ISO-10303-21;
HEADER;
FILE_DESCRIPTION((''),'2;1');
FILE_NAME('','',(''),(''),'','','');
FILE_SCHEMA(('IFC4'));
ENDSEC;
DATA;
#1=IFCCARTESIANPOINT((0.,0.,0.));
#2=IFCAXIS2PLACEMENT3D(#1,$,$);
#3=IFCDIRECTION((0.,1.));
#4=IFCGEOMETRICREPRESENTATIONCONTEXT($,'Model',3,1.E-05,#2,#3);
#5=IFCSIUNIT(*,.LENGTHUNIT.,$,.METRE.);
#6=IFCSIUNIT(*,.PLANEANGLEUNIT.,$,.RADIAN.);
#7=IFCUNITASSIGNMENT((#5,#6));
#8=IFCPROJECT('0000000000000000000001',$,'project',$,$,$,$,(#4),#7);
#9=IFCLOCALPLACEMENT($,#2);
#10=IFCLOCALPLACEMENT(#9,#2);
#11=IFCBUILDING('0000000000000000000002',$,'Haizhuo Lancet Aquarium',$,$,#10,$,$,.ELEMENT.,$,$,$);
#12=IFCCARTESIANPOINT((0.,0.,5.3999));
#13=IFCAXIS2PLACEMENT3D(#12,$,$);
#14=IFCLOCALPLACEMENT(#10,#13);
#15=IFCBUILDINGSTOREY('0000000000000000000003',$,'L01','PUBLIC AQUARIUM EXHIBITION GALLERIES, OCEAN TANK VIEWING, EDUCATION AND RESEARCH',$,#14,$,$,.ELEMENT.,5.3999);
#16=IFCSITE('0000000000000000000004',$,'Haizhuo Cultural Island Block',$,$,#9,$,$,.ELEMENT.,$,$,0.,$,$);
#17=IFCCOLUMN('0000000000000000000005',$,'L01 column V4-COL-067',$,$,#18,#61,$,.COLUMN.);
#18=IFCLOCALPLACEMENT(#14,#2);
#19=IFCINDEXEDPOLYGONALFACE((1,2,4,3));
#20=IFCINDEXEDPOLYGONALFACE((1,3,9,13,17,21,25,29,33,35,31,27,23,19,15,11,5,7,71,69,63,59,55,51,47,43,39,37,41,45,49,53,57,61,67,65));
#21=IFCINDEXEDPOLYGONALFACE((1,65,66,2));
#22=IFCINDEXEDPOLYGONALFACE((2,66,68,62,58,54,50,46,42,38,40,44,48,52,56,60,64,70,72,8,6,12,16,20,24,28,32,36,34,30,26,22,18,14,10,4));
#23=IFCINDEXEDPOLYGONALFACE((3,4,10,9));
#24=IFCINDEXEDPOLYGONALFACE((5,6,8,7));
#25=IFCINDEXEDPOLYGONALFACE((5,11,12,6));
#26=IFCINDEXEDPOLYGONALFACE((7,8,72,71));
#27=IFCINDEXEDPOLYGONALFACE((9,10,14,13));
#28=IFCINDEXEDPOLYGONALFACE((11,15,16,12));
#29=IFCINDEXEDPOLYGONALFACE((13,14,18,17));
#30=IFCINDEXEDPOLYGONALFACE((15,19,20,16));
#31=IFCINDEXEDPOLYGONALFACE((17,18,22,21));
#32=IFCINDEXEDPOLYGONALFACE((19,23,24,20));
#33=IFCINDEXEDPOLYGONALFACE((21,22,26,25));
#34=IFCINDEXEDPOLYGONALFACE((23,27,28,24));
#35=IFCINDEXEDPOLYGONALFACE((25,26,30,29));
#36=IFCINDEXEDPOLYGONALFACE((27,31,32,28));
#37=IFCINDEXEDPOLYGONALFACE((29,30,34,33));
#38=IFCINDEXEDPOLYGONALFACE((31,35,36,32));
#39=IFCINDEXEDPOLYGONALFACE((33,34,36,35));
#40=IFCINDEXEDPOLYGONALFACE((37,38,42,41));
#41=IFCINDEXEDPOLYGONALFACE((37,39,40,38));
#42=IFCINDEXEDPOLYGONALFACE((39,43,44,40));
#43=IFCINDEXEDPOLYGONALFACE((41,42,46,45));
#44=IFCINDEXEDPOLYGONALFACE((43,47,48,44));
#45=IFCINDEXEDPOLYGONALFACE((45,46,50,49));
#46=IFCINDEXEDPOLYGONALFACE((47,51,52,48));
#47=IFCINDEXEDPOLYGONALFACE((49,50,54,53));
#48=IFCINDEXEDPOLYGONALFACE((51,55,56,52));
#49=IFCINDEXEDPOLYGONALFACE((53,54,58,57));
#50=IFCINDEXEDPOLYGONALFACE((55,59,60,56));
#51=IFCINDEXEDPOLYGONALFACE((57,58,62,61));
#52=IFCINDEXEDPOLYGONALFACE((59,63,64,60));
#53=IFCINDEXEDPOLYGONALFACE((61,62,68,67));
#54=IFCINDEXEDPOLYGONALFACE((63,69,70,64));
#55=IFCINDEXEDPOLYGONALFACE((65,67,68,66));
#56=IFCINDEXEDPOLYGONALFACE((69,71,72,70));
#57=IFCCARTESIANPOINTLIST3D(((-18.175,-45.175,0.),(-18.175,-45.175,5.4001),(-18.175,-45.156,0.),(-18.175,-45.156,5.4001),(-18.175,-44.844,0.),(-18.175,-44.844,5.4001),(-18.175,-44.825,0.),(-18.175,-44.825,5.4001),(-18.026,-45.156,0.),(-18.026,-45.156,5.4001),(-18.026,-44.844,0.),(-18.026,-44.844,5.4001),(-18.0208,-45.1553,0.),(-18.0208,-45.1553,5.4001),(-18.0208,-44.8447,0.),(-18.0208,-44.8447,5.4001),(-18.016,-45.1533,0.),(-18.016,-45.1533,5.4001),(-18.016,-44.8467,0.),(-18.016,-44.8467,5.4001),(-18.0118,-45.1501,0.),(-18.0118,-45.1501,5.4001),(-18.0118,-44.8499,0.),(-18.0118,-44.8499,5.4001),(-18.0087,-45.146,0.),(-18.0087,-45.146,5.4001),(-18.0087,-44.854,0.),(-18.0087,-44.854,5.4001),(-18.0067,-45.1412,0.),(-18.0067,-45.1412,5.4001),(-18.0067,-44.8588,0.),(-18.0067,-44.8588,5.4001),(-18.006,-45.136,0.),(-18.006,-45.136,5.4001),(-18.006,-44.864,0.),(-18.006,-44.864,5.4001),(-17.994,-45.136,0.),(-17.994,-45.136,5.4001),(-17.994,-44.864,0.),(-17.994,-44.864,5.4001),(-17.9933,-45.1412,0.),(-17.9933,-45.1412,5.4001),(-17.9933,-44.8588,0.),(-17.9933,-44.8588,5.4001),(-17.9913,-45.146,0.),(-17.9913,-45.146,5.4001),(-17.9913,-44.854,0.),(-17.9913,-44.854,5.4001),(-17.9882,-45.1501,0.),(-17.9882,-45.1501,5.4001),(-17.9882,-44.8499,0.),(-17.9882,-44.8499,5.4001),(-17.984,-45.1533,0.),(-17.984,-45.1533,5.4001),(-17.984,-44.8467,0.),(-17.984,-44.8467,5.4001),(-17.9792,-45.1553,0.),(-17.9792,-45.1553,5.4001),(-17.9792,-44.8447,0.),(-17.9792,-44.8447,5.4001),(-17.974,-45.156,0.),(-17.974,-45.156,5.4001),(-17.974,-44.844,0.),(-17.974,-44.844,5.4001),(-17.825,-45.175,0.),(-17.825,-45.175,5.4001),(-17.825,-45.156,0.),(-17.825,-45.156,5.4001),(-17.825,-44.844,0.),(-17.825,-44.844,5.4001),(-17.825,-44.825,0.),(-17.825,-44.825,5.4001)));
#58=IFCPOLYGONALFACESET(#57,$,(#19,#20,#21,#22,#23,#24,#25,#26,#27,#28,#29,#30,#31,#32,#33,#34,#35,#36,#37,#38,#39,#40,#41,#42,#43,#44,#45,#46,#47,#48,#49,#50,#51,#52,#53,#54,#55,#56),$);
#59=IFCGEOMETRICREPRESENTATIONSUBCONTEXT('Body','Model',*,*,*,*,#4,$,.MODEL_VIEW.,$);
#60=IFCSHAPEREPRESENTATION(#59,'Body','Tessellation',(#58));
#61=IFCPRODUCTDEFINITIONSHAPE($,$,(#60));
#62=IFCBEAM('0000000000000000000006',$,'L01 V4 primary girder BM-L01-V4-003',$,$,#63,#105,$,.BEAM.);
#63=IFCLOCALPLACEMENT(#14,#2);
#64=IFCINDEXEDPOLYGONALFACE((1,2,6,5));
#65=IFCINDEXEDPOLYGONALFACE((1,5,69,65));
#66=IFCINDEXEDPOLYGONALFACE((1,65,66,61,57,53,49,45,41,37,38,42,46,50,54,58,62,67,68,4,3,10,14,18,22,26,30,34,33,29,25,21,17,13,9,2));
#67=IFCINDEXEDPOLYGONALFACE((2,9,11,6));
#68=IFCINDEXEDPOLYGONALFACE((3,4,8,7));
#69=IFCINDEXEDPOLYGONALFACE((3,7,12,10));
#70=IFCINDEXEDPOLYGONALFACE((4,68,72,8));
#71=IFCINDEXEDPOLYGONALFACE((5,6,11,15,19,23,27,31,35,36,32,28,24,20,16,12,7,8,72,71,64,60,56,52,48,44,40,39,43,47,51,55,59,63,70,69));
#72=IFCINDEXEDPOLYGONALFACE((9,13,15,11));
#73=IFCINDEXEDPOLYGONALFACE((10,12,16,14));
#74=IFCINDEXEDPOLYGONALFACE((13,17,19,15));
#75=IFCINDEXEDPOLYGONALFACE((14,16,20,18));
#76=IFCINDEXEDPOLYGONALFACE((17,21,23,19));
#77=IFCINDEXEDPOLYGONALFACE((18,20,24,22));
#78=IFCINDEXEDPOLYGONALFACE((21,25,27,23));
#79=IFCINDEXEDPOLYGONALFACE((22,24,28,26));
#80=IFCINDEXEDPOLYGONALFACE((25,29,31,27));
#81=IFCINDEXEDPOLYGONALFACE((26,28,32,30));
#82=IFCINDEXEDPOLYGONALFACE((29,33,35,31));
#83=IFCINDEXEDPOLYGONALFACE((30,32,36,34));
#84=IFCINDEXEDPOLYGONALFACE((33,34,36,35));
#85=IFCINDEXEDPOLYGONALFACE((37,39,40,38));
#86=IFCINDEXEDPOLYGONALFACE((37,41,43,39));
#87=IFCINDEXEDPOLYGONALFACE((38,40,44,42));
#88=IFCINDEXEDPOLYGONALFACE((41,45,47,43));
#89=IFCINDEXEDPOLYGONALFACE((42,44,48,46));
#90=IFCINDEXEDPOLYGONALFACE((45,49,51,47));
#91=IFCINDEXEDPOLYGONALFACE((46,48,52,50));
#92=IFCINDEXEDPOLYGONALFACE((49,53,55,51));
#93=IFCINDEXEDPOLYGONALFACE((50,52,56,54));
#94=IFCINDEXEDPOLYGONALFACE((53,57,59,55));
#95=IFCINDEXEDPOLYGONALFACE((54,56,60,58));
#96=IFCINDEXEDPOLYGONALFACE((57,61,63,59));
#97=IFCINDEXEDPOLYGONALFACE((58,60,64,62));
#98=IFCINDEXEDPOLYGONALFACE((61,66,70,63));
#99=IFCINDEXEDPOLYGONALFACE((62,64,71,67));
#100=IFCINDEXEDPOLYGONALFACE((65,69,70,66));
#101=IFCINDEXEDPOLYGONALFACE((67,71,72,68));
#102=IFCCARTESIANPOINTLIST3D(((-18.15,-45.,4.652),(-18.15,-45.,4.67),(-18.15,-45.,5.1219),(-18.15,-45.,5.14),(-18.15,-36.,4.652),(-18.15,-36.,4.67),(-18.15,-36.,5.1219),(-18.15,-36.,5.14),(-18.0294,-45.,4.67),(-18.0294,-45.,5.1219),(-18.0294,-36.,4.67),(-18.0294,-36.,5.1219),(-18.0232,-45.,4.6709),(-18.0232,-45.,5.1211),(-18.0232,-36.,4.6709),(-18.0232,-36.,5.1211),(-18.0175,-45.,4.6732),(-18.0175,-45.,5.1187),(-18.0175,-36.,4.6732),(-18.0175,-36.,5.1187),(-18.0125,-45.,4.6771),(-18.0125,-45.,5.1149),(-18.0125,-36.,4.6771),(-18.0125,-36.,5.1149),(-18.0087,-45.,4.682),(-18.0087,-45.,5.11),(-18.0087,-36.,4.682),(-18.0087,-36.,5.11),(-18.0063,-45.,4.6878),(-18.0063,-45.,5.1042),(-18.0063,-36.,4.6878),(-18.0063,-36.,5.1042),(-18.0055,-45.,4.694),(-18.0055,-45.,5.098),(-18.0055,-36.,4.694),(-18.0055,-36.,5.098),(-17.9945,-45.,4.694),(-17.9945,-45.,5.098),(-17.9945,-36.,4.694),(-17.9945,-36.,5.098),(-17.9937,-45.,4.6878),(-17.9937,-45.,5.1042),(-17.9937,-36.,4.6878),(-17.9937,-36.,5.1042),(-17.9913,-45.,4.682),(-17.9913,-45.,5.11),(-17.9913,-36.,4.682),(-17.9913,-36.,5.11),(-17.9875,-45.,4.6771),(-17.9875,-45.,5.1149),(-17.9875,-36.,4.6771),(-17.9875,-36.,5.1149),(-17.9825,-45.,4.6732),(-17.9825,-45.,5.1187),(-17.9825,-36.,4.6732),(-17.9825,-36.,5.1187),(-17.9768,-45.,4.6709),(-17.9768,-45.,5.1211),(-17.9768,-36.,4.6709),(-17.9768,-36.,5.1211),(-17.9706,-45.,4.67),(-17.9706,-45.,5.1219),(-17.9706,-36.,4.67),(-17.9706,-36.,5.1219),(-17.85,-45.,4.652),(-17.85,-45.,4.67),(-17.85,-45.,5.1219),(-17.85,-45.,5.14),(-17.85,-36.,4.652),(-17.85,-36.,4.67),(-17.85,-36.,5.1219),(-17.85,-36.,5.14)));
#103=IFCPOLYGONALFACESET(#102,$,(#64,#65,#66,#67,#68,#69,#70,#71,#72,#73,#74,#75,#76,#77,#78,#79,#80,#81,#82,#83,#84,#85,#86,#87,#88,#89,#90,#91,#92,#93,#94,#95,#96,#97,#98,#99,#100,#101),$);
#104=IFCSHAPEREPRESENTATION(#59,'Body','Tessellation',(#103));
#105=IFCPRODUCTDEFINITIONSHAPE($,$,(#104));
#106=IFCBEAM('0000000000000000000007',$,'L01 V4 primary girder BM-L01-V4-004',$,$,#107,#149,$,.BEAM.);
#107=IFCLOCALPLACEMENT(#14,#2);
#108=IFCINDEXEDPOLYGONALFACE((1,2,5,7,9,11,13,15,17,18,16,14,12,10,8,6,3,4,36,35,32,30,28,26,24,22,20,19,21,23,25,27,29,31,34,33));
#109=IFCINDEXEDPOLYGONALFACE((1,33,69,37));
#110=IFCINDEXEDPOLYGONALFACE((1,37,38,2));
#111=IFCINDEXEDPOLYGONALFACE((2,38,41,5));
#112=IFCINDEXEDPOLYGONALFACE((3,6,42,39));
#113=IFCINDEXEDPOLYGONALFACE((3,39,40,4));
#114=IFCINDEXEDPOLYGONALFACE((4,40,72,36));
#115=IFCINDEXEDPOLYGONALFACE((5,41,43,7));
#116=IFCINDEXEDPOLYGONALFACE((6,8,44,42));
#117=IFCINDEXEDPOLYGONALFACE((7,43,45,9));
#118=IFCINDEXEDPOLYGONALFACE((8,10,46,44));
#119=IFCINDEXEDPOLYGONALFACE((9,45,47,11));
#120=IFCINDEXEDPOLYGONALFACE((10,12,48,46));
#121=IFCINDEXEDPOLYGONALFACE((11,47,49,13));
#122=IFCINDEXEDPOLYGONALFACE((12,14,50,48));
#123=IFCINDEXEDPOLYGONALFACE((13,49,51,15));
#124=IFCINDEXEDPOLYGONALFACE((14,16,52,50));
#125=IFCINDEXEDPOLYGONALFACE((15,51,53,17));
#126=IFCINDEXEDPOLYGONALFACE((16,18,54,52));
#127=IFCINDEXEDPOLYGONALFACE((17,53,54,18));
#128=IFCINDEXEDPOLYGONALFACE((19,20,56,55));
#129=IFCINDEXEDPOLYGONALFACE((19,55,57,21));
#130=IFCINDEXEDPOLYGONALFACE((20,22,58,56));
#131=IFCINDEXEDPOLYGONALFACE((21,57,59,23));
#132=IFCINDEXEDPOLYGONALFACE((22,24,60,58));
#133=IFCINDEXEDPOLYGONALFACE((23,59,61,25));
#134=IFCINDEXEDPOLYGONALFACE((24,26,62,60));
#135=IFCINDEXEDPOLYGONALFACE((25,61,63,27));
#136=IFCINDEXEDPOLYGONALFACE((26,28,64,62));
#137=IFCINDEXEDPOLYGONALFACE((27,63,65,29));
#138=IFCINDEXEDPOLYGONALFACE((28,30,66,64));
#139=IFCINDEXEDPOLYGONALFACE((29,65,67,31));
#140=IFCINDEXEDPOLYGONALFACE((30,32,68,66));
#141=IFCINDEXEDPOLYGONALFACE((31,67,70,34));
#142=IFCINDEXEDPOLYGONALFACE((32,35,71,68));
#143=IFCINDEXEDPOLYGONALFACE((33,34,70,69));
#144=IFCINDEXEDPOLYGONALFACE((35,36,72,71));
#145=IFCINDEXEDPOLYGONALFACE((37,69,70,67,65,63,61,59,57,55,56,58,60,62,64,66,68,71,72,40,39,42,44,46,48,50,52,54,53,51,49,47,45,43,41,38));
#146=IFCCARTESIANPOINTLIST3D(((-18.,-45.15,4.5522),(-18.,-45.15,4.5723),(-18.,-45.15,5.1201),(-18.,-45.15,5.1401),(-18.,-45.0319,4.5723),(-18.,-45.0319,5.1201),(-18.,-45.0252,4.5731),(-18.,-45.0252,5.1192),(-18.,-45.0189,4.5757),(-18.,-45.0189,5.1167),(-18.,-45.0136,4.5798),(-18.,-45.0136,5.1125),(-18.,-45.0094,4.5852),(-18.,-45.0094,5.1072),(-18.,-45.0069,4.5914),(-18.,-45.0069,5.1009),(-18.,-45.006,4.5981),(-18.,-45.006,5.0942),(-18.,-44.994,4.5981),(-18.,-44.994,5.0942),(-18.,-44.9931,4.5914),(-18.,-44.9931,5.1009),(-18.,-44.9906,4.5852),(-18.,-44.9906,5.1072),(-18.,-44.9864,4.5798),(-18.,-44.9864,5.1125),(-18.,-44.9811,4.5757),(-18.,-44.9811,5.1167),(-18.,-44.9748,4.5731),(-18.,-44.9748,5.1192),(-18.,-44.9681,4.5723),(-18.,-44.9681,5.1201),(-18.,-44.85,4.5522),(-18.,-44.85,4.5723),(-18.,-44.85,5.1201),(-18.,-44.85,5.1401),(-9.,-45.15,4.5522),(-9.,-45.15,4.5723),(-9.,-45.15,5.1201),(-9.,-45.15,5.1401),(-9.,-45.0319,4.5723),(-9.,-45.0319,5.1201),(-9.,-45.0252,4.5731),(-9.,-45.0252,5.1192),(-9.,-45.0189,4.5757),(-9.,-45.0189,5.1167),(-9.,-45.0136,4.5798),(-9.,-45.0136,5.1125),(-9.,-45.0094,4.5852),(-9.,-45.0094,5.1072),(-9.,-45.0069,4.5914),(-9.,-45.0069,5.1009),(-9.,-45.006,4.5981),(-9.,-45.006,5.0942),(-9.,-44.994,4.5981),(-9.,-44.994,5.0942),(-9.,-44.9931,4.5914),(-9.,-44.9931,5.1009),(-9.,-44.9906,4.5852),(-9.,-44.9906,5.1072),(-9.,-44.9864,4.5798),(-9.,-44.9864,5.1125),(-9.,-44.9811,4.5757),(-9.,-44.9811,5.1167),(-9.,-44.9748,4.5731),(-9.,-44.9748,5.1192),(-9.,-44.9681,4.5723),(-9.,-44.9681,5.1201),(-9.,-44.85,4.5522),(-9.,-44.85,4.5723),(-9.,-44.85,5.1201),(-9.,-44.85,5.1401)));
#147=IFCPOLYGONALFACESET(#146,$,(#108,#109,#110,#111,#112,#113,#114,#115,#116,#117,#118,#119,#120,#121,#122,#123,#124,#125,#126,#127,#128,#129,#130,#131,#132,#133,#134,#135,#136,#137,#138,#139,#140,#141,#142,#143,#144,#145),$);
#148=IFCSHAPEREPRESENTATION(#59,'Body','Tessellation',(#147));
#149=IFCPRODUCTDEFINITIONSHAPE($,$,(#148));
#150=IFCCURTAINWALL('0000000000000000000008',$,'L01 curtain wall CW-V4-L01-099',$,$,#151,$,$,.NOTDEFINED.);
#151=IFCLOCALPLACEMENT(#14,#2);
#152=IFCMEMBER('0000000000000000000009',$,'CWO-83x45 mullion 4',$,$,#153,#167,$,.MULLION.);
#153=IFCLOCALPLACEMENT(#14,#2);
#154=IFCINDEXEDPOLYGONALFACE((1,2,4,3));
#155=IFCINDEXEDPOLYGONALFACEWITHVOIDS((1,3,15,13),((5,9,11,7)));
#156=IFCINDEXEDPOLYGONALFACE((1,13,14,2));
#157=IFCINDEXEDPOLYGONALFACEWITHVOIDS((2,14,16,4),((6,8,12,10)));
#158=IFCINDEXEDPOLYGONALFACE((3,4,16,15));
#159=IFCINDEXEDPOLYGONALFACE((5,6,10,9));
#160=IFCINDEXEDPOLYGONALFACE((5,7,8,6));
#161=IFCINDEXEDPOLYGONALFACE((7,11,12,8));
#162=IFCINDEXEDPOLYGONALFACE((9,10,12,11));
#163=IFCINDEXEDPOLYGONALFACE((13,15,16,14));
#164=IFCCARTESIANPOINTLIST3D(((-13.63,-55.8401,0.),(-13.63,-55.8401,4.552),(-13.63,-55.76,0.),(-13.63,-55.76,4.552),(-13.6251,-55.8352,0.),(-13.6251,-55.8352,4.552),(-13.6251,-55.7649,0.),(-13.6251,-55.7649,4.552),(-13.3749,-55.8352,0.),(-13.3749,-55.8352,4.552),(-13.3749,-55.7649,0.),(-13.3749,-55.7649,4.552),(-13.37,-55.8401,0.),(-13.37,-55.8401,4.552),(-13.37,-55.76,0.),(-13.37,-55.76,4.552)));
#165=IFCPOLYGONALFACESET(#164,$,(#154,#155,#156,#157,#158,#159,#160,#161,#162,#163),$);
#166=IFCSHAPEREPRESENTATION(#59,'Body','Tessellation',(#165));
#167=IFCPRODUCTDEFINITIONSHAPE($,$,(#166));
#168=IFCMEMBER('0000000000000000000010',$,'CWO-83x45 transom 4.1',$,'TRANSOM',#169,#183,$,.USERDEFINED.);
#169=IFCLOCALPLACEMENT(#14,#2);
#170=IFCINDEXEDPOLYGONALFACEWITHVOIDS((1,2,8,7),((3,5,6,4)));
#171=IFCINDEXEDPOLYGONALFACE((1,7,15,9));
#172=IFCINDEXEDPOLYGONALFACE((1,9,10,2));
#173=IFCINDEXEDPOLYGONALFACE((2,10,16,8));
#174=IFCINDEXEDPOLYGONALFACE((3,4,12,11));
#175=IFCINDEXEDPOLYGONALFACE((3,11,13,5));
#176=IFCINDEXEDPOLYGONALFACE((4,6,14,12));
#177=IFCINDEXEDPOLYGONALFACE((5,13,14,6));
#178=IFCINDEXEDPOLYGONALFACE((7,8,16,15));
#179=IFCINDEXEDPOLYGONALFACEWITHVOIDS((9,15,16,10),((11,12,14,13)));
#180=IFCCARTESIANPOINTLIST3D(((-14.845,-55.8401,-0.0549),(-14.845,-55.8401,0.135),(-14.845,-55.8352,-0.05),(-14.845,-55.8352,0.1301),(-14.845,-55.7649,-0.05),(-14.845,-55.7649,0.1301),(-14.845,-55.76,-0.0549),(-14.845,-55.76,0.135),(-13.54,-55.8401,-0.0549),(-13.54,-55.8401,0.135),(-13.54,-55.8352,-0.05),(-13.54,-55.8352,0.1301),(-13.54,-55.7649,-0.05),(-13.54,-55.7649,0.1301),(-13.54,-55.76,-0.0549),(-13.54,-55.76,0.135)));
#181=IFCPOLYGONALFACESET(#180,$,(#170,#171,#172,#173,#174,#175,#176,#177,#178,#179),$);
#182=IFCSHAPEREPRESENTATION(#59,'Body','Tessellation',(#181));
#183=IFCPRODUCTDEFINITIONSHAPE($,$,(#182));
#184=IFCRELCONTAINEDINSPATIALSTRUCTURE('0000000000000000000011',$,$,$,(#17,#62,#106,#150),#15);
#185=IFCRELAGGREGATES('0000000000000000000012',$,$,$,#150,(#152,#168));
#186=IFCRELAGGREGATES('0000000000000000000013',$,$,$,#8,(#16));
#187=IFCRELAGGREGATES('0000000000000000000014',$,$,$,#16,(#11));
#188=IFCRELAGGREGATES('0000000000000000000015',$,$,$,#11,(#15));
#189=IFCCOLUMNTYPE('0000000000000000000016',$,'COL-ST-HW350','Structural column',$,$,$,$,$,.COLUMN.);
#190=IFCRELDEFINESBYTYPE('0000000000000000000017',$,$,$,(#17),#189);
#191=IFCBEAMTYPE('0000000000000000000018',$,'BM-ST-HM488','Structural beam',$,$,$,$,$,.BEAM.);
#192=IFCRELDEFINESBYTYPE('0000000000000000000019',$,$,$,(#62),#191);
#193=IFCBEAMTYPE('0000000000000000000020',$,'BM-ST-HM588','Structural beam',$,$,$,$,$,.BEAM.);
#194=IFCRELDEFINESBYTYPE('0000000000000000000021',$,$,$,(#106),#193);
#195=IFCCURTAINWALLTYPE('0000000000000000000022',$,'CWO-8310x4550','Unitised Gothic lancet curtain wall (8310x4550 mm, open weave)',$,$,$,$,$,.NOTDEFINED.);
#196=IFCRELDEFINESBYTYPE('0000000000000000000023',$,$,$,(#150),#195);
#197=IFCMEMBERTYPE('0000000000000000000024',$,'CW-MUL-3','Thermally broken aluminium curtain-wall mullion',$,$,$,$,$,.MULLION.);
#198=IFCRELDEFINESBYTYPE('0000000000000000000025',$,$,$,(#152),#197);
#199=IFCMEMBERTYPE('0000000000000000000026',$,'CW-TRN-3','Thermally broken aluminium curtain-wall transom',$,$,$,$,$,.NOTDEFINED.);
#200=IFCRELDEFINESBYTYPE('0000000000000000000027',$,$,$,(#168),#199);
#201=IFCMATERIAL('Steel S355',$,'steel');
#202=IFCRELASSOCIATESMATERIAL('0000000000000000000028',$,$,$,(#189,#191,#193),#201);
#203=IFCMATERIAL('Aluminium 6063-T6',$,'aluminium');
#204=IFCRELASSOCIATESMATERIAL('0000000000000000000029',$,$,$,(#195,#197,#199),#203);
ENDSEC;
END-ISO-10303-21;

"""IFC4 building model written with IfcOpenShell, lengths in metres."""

from ifc_helpers import new_model, si_unit, direction, frame, origin, origin_2d, place, context, subcontext, project, spatial, hollow_rectangle, i_section, extrude, material, material_profile, profile_set, type_object, element, aggregate, save


model = new_model("IFC4")

# Units and contexts
model_context = context("Model", 3, precision=1e-05, world=origin(), true_north=direction((0.0, 1.0)))
body_context = subcontext(model_context, "Body", "Model", "MODEL_VIEW")
ifc_project = project(units=[si_unit("LENGTHUNIT", "METRE"), si_unit("PLANEANGLEUNIT", "RADIAN")], contexts=[model_context])

# Site, building, storey
site_placement = place(None, origin())
site = spatial("IfcSite", under=ifc_project, at=site_placement, Name="Haizhuo Cultural Island Block", CompositionType="ELEMENT", RefElevation=0.0)
building_placement = place(site_placement, origin())
building = spatial("IfcBuilding", under=site, at=building_placement, Name="Haizhuo Lancet Aquarium", CompositionType="ELEMENT")
storey_placement = place(building_placement, frame((0.0, 0.0, 5.3999)))
storey = spatial("IfcBuildingStorey", under=building, at=storey_placement, Name="L01", Description="PUBLIC AQUARIUM EXHIBITION GALLERIES, OCEAN TANK VIEWING, EDUCATION AND RESEARCH", CompositionType="ELEMENT", Elevation=5.3999)

# Column
ifc_material_1 = material(Name="Steel S355", Category="steel")
ifc_material_profile_1 = material_profile(ifc_material_1, i_section(OverallWidth=0.3501, OverallDepth=0.3501, WebThickness=0.012, FlangeThickness=0.019, FilletRadius=0.02, at=origin_2d()), Name="HW 350x350x12x19")
ifc_profile_set_1 = profile_set([ifc_material_profile_1], Name="Steel S355")
column_type = type_object("IfcColumnType", Name="COL-ST-HW350", Description="Structural column", PredefinedType="COLUMN", material=ifc_profile_set_1)
column_placement = place(storey_placement, frame((-18.0, -45.0, 0.0), z_axis=(0.0, 0.0, 1.0), x_axis=(1.0, 0.0, 0.0)))
element("IfcColumn", 1, at=column_placement, inside=storey, type_object=column_type, Name="L01 column V4-COL-067", PredefinedType="COLUMN", context=body_context, shape_type="SweptSolid", body=[
    extrude(i_section(OverallWidth=0.3501, OverallDepth=0.3501, WebThickness=0.012, FlangeThickness=0.019, FilletRadius=0.02, at=origin_2d()), origin(), (0.0, 0.0, 1.0), 5.4001),
])

# Beams
ifc_material_profile_2 = material_profile(ifc_material_1, i_section(OverallWidth=0.3, OverallDepth=0.488, WebThickness=0.011, FlangeThickness=0.0181, FilletRadius=0.0239, at=origin_2d()), Name="HM 488x300x11x18")
ifc_profile_set_2 = profile_set([ifc_material_profile_2], Name="Steel S355")
beam_type_1 = type_object("IfcBeamType", Name="BM-ST-HM488", Description="Structural beam", PredefinedType="BEAM", material=ifc_profile_set_2)
beam_1_placement = place(storey_placement, frame((-18.0, -45.0, 4.896), z_axis=(0.0, 1.0, 0.0), x_axis=(-1.0, 0.0, 0.0)))
element("IfcBeam", 2, at=beam_1_placement, inside=storey, type_object=beam_type_1, Name="L01 V4 primary girder BM-L01-V4-003", PredefinedType="BEAM", context=body_context, shape_type="SweptSolid", body=[
    extrude(i_section(OverallWidth=0.3, OverallDepth=0.488, WebThickness=0.011, FlangeThickness=0.0181, FilletRadius=0.0239, at=origin_2d()), origin(), (0.0, 0.0, 1.0), 9.0),
])
ifc_material_profile_3 = material_profile(ifc_material_1, i_section(OverallWidth=0.3, OverallDepth=0.5879, WebThickness=0.012, FlangeThickness=0.02, FilletRadius=0.0259, at=origin_2d()), Name="HM 588x300x12x20")
ifc_profile_set_3 = profile_set([ifc_material_profile_3], Name="Steel S355")
beam_type_2 = type_object("IfcBeamType", Name="BM-ST-HM588", Description="Structural beam", PredefinedType="BEAM", material=ifc_profile_set_3)
beam_2_placement = place(storey_placement, frame((-18.0, -45.0, 4.8462), z_axis=(1.0, 0.0, 0.0), x_axis=(0.0, 1.0, 0.0)))
element("IfcBeam", 3, at=beam_2_placement, inside=storey, type_object=beam_type_2, Name="L01 V4 primary girder BM-L01-V4-004", PredefinedType="BEAM", context=body_context, shape_type="SweptSolid", body=[
    extrude(i_section(OverallWidth=0.3, OverallDepth=0.5879, WebThickness=0.012, FlangeThickness=0.02, FilletRadius=0.0259, at=origin_2d()), origin(), (0.0, 0.0, 1.0), 9.0),
])

# Curtain wall, members
ifc_material_2 = material(Name="Aluminium 6063-T6", Category="aluminium")
curtain_wall_type = type_object("IfcCurtainWallType", Name="CWO-8310x4550", Description="Unitised Gothic lancet curtain wall (8310x4550 mm, open weave)", PredefinedType="NOTDEFINED", material=ifc_material_2)
curtain_wall_placement = place(storey_placement, origin())
curtain_wall = element("IfcCurtainWall", 4, at=curtain_wall_placement, inside=storey, type_object=curtain_wall_type, Name="L01 curtain wall CW-V4-L01-099", PredefinedType="NOTDEFINED")
ifc_material_profile_4 = material_profile(ifc_material_2, hollow_rectangle(XDim=0.0801, YDim=0.26, WallThickness=0.0049, at=origin_2d()), Name="ALU-M 80x260x5")
ifc_profile_set_4 = profile_set([ifc_material_profile_4], Name="Aluminium 6063-T6")
member_type_1 = type_object("IfcMemberType", Name="CW-MUL-3", Description="Thermally broken aluminium curtain-wall mullion", PredefinedType="MULLION", material=ifc_profile_set_4)
member_1_placement = place(storey_placement, frame((-13.5, -55.8, 0.0), z_axis=(0.0, 0.0, 1.0), x_axis=(0.0, -1.0, 0.0)))
member_1 = element("IfcMember", 5, at=member_1_placement, type_object=member_type_1, Name="CWO-83x45 mullion 4", PredefinedType="MULLION", context=body_context, shape_type="SweptSolid", body=[
    extrude(hollow_rectangle(XDim=0.0801, YDim=0.26, WallThickness=0.0049, at=origin_2d()), origin(), (0.0, 0.0, 1.0), 4.552),
])
ifc_material_profile_5 = material_profile(ifc_material_2, hollow_rectangle(XDim=0.0801, YDim=0.1899, WallThickness=0.0049, at=origin_2d()), Name="ALU-T 80x190x5")
ifc_profile_set_5 = profile_set([ifc_material_profile_5], Name="Aluminium 6063-T6")
member_type_2 = type_object("IfcMemberType", Name="CW-TRN-3", Description="Thermally broken aluminium curtain-wall transom", PredefinedType="NOTDEFINED", material=ifc_profile_set_5)
member_2_placement = place(storey_placement, frame((-13.54, -55.8, 0.04), z_axis=(-1.0, 0.0, 0.0), x_axis=(0.0, -1.0, 0.0)))
member_2 = element("IfcMember", 6, at=member_2_placement, type_object=member_type_2, Name="CWO-83x45 transom 4.1", ObjectType="TRANSOM", PredefinedType="USERDEFINED", context=body_context, shape_type="SweptSolid", body=[
    extrude(hollow_rectangle(XDim=0.0801, YDim=0.1899, WallThickness=0.0049, at=origin_2d()), origin(), (0.0, 0.0, 1.0), 1.3049),
])

aggregate(curtain_wall, [member_1, member_2])

save(model, "model.ifc")
